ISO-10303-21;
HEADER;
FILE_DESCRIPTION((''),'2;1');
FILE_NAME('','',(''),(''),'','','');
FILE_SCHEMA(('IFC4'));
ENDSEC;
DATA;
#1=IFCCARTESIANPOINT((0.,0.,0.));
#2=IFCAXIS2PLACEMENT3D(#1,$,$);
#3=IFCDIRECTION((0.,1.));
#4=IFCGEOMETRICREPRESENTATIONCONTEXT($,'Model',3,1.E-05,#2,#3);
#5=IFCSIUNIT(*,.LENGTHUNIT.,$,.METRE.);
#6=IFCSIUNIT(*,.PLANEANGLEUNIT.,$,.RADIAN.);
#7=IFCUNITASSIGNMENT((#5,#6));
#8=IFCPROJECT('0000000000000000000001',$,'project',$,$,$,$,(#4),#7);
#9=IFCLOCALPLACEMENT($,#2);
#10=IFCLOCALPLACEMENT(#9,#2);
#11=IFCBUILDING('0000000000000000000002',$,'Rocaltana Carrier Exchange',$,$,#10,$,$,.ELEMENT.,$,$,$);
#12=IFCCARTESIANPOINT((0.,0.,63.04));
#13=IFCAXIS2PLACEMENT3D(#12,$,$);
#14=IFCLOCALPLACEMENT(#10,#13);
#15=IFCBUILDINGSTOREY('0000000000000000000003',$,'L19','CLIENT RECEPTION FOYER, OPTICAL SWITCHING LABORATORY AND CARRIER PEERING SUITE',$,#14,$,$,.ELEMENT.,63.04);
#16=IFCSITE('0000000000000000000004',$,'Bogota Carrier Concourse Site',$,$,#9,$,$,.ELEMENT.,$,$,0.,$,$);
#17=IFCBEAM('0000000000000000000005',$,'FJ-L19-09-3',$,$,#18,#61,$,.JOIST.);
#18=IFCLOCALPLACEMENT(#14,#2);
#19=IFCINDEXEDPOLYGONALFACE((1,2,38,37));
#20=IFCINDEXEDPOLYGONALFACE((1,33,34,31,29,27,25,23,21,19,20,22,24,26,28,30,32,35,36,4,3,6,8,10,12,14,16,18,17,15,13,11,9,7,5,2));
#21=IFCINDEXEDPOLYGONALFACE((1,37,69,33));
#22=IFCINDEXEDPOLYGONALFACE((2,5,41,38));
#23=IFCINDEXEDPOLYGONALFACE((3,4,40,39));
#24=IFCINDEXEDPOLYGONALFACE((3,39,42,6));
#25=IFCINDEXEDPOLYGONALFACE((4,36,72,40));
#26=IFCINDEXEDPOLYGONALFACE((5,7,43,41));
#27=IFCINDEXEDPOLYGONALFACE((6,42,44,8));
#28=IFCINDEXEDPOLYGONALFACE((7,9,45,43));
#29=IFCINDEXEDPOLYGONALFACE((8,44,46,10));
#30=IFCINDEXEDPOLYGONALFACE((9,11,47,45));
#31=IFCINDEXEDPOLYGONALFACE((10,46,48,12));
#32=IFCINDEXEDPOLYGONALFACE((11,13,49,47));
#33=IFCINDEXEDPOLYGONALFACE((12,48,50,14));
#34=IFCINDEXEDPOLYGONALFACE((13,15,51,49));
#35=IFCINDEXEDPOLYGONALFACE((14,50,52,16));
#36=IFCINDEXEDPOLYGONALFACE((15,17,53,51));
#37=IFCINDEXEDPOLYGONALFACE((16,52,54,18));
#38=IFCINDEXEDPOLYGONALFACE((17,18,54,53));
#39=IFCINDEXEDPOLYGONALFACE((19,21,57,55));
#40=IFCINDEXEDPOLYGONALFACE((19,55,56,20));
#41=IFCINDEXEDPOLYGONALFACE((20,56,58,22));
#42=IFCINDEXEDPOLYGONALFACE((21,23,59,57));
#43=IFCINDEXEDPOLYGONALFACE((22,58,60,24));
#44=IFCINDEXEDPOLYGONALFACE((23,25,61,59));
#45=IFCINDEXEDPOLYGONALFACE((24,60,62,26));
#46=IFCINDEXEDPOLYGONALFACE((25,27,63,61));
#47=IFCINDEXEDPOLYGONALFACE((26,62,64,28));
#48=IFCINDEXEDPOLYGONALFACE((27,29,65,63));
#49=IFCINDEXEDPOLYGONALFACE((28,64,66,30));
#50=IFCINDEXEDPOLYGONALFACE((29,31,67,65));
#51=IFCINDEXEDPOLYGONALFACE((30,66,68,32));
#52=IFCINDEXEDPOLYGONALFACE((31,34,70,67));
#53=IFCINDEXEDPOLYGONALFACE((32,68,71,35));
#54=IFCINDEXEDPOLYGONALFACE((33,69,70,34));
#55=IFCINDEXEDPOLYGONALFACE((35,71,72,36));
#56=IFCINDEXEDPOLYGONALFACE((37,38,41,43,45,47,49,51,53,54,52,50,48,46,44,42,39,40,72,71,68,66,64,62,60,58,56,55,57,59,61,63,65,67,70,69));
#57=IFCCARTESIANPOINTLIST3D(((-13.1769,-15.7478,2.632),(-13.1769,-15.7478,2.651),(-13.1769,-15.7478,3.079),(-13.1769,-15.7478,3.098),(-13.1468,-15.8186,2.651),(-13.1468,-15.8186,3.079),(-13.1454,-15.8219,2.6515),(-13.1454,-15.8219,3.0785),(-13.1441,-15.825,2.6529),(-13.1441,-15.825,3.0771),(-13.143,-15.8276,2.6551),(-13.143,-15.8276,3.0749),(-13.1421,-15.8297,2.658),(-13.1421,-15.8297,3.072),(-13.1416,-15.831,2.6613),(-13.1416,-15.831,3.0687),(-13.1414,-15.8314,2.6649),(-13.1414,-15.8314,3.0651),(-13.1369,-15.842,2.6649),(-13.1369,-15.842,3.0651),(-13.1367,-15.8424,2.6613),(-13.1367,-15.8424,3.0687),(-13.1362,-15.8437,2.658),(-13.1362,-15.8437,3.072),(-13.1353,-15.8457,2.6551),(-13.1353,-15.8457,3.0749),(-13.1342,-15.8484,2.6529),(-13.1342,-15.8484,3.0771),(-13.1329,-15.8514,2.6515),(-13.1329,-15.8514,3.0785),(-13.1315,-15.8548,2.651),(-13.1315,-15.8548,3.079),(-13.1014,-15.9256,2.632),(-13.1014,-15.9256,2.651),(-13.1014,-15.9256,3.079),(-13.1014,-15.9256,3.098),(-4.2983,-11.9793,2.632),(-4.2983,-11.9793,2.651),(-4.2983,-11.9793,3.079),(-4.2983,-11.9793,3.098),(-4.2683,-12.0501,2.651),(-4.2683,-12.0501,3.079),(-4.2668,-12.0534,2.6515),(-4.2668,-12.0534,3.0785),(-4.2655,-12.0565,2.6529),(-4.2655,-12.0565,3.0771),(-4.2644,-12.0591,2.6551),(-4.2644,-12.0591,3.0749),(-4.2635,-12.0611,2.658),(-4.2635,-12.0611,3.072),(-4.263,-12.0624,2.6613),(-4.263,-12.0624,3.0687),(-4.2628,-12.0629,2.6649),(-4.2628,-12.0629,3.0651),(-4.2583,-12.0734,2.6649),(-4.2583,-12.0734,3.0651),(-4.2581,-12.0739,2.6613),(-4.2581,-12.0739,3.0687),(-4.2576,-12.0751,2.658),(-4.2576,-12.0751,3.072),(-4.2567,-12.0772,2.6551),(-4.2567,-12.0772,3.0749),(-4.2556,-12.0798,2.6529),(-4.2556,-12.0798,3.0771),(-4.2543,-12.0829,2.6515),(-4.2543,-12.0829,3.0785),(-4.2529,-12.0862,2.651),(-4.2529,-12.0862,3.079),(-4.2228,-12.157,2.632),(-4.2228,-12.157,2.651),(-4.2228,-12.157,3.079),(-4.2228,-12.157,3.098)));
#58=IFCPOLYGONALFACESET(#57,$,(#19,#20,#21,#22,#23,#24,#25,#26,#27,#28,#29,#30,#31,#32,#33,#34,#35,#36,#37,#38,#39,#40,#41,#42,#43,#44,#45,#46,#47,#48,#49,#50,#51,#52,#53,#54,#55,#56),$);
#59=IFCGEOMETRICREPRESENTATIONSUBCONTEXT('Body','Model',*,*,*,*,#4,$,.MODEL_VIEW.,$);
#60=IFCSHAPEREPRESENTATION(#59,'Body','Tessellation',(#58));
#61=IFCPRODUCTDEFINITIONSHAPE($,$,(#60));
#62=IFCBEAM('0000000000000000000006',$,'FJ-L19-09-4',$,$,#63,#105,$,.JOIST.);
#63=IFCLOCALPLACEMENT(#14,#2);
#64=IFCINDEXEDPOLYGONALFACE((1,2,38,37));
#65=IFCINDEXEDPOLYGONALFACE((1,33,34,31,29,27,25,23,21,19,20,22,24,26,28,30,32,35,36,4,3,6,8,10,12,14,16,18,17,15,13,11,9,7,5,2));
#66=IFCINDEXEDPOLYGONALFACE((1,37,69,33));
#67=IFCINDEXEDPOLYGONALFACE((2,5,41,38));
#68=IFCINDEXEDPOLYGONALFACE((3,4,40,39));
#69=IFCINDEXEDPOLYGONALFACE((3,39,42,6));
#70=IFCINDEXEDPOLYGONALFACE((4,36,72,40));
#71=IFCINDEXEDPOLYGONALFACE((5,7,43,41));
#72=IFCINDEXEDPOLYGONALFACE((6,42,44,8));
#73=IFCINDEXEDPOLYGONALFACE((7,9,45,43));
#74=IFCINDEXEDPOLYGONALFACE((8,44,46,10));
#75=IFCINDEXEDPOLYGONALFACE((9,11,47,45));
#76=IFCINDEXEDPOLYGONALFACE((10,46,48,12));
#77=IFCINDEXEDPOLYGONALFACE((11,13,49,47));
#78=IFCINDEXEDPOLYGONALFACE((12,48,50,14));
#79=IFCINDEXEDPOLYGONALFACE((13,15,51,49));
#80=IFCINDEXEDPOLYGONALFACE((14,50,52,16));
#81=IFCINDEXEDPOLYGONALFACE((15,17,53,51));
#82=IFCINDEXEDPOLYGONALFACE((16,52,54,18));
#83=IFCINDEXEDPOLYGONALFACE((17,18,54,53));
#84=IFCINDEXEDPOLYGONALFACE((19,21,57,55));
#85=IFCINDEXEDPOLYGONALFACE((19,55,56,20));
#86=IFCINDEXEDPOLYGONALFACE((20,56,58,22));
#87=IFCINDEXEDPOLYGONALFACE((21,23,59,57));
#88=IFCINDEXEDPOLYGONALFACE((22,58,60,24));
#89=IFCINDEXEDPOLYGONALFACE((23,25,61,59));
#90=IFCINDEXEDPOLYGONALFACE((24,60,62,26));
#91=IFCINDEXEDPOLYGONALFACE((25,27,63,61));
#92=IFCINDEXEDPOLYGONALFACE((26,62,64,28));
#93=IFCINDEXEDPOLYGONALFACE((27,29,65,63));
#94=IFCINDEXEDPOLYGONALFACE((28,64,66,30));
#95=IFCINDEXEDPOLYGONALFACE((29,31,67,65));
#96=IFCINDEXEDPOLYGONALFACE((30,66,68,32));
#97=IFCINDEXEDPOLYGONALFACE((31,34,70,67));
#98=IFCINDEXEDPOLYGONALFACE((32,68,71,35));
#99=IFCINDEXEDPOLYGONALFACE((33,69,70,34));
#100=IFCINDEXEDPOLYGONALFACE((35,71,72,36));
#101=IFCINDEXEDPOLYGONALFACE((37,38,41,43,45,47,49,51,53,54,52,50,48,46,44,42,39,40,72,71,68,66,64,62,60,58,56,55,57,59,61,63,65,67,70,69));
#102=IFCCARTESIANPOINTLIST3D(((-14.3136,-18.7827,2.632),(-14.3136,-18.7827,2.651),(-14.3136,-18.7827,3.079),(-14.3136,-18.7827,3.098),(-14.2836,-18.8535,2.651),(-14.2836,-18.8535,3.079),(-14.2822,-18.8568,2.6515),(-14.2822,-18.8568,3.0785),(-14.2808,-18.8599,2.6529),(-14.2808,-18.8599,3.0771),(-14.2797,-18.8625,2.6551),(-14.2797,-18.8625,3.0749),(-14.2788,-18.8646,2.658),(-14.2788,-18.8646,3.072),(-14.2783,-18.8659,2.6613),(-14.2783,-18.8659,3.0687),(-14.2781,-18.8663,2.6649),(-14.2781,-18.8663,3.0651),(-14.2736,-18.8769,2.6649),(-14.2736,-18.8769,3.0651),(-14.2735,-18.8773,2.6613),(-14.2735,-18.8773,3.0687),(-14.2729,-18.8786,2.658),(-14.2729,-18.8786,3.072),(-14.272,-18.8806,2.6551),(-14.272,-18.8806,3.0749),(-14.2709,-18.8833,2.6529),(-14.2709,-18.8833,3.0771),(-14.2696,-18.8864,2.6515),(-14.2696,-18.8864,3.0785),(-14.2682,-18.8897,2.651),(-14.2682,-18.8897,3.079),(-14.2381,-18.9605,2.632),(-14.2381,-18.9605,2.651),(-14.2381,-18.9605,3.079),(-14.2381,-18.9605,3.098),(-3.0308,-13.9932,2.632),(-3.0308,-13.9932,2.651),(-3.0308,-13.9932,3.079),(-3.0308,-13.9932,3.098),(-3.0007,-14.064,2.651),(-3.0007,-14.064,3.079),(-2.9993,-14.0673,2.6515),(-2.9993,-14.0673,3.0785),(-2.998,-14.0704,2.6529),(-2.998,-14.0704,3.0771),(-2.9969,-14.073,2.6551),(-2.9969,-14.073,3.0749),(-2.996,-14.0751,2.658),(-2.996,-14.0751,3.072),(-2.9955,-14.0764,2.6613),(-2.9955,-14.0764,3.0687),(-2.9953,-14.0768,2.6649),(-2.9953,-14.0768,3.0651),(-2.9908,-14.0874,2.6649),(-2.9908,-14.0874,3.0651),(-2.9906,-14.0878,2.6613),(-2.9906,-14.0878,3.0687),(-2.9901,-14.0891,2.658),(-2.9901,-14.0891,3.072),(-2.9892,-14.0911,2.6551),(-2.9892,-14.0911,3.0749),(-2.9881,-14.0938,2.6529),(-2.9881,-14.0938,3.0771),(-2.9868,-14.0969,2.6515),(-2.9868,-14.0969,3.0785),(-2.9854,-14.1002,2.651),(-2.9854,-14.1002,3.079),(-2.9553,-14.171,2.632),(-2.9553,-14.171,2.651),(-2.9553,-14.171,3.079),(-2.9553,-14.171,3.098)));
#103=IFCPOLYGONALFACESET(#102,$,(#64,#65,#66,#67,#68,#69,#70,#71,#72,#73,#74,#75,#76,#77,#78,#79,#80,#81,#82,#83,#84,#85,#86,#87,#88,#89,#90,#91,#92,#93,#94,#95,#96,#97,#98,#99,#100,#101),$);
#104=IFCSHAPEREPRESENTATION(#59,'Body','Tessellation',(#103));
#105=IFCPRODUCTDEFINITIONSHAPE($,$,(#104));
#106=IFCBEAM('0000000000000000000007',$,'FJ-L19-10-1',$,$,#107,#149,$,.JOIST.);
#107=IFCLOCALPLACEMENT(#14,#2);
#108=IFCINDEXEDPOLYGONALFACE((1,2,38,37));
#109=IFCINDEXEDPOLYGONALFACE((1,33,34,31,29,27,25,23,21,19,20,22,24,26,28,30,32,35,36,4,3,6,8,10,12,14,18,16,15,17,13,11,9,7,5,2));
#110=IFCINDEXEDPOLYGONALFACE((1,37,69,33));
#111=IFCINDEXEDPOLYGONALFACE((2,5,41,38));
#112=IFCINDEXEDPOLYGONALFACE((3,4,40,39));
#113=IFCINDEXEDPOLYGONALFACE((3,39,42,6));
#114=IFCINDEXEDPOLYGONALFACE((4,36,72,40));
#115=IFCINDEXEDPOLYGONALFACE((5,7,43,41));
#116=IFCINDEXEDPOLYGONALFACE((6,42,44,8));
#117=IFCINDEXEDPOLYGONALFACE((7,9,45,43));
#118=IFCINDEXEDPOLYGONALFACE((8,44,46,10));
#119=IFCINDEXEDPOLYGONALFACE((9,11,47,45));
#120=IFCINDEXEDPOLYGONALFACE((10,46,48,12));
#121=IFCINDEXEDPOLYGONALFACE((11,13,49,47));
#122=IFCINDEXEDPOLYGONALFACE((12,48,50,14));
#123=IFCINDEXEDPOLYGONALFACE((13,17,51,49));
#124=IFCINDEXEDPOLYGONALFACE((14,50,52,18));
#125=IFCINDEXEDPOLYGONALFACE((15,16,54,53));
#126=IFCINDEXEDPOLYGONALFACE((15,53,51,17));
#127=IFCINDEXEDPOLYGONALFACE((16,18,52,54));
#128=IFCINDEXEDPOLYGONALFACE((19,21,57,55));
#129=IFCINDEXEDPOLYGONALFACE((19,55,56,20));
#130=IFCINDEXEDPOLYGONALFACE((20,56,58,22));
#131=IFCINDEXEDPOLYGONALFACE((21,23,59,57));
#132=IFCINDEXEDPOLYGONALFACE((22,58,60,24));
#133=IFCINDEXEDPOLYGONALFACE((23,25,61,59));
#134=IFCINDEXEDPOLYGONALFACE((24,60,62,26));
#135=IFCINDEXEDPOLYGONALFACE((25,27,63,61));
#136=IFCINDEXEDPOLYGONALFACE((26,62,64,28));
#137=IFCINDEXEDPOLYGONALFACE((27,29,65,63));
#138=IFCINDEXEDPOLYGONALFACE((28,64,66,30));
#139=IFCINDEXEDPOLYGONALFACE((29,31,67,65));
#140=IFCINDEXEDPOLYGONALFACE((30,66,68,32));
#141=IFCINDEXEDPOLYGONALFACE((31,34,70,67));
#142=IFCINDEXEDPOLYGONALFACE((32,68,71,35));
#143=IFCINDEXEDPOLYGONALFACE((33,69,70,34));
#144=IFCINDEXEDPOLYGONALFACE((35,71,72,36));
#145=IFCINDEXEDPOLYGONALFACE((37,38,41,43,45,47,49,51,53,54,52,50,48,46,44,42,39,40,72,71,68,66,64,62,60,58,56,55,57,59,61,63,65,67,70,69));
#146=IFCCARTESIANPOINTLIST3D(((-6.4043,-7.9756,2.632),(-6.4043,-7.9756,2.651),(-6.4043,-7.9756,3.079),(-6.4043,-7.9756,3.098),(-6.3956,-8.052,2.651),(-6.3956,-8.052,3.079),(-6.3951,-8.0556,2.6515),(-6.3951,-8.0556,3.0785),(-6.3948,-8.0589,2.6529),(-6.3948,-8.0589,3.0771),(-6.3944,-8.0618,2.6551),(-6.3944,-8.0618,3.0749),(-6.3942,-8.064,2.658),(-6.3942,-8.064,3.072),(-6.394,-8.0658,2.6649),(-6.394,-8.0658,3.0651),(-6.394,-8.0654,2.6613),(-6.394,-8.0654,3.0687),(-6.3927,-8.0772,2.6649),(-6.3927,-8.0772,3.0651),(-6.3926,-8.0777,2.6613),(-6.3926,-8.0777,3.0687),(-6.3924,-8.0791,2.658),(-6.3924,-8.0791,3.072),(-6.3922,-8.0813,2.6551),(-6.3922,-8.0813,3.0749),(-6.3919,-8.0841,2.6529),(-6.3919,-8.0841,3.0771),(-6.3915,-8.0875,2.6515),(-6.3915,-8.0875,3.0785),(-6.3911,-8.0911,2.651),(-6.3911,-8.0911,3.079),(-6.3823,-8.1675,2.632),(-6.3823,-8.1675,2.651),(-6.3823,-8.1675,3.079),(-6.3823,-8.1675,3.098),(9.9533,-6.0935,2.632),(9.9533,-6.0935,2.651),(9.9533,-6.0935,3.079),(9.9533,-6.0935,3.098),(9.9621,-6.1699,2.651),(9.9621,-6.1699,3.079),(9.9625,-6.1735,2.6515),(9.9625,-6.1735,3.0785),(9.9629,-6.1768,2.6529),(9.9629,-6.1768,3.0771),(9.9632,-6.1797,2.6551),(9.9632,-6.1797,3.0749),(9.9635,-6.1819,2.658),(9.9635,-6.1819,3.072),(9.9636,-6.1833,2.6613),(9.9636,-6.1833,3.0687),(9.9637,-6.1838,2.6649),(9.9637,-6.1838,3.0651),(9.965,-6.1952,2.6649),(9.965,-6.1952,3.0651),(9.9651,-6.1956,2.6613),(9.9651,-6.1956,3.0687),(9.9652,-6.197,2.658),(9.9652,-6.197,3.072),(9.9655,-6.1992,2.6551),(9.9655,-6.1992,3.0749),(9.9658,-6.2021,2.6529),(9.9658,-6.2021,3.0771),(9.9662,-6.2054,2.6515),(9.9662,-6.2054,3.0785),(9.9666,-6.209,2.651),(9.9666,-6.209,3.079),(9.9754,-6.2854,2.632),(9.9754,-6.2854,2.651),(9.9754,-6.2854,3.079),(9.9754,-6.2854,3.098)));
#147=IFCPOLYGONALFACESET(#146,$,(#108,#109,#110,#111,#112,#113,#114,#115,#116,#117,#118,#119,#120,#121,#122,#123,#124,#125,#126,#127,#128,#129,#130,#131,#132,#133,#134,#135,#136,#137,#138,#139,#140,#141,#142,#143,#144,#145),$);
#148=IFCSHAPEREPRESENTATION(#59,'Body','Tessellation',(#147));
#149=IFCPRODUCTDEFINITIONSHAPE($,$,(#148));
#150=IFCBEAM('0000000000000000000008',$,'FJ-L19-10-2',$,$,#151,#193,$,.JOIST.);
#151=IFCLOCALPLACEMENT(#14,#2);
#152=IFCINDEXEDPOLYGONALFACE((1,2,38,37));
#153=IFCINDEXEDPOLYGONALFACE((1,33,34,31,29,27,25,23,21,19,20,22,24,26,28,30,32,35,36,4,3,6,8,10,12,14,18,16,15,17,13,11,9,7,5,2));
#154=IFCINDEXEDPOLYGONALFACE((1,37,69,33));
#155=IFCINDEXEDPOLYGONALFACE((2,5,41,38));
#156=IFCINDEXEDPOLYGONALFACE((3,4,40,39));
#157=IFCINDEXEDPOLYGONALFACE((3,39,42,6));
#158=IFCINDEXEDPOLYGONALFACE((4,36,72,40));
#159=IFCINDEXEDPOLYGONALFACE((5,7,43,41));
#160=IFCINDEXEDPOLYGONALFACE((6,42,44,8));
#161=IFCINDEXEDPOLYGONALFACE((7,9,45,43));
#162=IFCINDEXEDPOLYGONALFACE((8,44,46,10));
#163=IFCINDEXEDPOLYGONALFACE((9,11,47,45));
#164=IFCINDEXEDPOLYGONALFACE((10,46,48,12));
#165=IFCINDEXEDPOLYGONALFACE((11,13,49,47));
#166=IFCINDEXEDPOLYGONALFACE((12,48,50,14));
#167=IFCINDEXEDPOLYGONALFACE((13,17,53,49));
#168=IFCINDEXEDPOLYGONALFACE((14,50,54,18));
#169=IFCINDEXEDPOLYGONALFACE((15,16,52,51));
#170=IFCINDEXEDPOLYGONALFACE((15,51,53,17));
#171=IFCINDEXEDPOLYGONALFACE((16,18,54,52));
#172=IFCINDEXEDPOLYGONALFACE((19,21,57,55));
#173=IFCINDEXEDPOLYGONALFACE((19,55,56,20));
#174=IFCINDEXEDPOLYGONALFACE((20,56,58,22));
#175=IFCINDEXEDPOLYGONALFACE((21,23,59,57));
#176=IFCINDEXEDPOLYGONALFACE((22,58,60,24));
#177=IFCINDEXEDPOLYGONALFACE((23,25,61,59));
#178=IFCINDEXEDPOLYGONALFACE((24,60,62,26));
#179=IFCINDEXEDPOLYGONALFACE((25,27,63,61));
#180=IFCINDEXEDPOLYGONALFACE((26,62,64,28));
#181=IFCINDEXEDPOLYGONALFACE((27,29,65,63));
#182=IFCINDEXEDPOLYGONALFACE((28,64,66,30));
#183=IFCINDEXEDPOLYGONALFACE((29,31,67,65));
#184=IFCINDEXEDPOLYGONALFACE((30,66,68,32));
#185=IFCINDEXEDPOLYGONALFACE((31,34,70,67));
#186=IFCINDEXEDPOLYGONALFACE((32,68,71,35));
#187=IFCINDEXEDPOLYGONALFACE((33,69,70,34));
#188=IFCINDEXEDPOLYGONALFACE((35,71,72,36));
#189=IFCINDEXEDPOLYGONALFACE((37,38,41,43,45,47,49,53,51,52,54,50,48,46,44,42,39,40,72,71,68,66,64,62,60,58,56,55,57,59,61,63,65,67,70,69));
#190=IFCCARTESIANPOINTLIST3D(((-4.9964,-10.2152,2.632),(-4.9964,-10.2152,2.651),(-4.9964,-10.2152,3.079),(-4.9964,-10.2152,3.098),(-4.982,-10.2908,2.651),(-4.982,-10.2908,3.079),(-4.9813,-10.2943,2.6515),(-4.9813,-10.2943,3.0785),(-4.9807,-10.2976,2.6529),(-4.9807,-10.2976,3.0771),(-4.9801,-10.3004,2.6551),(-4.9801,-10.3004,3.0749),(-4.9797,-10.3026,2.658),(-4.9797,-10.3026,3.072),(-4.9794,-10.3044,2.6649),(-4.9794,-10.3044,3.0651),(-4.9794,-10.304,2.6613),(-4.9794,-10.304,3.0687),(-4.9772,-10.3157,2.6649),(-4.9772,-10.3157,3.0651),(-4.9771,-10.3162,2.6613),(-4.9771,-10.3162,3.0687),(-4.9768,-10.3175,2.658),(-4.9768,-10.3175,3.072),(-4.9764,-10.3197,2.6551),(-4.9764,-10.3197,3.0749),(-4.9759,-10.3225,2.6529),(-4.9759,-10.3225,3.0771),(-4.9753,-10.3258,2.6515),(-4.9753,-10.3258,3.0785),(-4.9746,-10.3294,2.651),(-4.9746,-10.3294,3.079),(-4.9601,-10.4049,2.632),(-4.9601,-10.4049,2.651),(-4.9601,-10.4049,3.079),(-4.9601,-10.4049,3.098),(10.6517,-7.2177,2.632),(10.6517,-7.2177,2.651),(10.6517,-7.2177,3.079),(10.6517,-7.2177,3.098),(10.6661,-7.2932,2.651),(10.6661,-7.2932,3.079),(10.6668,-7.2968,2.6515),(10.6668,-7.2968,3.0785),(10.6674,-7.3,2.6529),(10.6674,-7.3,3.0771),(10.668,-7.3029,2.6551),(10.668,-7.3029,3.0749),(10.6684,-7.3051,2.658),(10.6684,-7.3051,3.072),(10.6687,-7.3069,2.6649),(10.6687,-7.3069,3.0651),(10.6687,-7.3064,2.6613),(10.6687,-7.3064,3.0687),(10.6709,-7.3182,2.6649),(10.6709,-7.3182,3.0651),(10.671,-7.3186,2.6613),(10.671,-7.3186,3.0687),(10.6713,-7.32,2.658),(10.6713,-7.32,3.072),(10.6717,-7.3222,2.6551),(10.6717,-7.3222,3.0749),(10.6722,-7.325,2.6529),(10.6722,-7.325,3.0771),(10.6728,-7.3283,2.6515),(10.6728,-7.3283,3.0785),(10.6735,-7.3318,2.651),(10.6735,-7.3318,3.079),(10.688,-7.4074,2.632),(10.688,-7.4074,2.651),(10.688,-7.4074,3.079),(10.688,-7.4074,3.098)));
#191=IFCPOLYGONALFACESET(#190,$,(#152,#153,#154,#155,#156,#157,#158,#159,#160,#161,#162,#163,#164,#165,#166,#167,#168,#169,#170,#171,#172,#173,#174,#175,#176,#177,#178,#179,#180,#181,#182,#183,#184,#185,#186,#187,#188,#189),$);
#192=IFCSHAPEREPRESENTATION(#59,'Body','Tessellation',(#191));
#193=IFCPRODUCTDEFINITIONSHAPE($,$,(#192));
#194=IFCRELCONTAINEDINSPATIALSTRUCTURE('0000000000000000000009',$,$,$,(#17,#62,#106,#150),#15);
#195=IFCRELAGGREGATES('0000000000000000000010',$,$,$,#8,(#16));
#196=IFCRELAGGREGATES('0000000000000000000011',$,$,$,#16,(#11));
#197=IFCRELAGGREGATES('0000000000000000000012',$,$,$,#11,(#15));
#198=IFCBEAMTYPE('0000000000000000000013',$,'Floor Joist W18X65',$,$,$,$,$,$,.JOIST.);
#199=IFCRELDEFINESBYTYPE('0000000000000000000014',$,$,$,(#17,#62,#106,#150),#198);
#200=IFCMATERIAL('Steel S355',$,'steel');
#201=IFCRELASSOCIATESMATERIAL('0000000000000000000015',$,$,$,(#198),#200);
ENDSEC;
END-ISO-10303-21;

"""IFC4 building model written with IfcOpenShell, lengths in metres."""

from ifc_helpers import new_model, si_unit, direction, frame, origin, origin_2d, place, context, subcontext, project, spatial, i_section, extrude, material, material_profile, profile_set, type_object, element, save


model = new_model("IFC4")

# Units and contexts
model_context = context("Model", 3, precision=1e-05, world=origin(), true_north=direction((0.0, 1.0)))
body_context = subcontext(model_context, "Body", "Model", "MODEL_VIEW")
ifc_project = project(units=[si_unit("LENGTHUNIT", "METRE"), si_unit("PLANEANGLEUNIT", "RADIAN")], contexts=[model_context])

# Site, building, storey
site_placement = place(None, origin())
site = spatial("IfcSite", under=ifc_project, at=site_placement, Name="Bogota Carrier Concourse Site", CompositionType="ELEMENT", RefElevation=0.0)
building_placement = place(site_placement, origin())
building = spatial("IfcBuilding", under=site, at=building_placement, Name="Rocaltana Carrier Exchange", CompositionType="ELEMENT")
storey_placement = place(building_placement, frame((0.0, 0.0, 63.04)))
storey = spatial("IfcBuildingStorey", under=building, at=storey_placement, Name="L19", Description="CLIENT RECEPTION FOYER, OPTICAL SWITCHING LABORATORY AND CARRIER PEERING SUITE", CompositionType="ELEMENT", Elevation=63.04)

# Beams
ifc_material_1 = material(Name="Steel S355", Category="steel")
ifc_material_profile_1 = material_profile(ifc_material_1, i_section(OverallWidth=0.1931, OverallDepth=0.4661, WebThickness=0.0115, FlangeThickness=0.019, FilletRadius=0.0139, at=origin_2d()), Name="W18X65")
ifc_profile_set_1 = profile_set([ifc_material_profile_1], Name="Steel S355")
beam_type = type_object("IfcBeamType", Name="Floor Joist W18X65", PredefinedType="JOIST", material=ifc_profile_set_1)
beam_1_placement = place(storey_placement, frame((-13.1392, -15.8367, 2.865), z_axis=(0.920513, 0.390712, 0.0), x_axis=(-0.390712, 0.920513, 0.0)))
element("IfcBeam", 1, at=beam_1_placement, inside=storey, type_object=beam_type, Name="FJ-L19-09-3", PredefinedType="JOIST", context=body_context, shape_type="SweptSolid", body=[
    extrude(i_section(OverallWidth=0.1931, OverallDepth=0.4661, WebThickness=0.0115, FlangeThickness=0.019, FilletRadius=0.0139, at=origin_2d()), origin(), (0.0, 0.0, 1.0), 9.6453),
])
beam_2_placement = place(storey_placement, frame((-14.2759, -18.8716, 2.865), z_axis=(0.920498, 0.390746, 0.0), x_axis=(-0.390746, 0.920498, 0.0)))
element("IfcBeam", 2, at=beam_2_placement, inside=storey, type_object=beam_type, Name="FJ-L19-09-4", PredefinedType="JOIST", context=body_context, shape_type="SweptSolid", body=[
    extrude(i_section(OverallWidth=0.1931, OverallDepth=0.4661, WebThickness=0.0115, FlangeThickness=0.019, FilletRadius=0.0139, at=origin_2d()), origin(), (0.0, 0.0, 1.0), 12.2573),
])
beam_3_placement = place(storey_placement, frame((-6.3933, -8.0715, 2.865), z_axis=(0.993446, 0.114304, 0.0), x_axis=(-0.114304, 0.993446, 0.0)))
element("IfcBeam", 3, at=beam_3_placement, inside=storey, type_object=beam_type, Name="FJ-L19-10-1", PredefinedType="JOIST", context=body_context, shape_type="SweptSolid", body=[
    extrude(i_section(OverallWidth=0.1931, OverallDepth=0.4661, WebThickness=0.0115, FlangeThickness=0.019, FilletRadius=0.0139, at=origin_2d()), origin(), (0.0, 0.0, 1.0), 16.4656),
])
beam_4_placement = place(storey_placement, frame((-4.9783, -10.3101, 2.865), z_axis=(0.982142, 0.188139, 0.0), x_axis=(-0.188139, 0.982142, 0.0)))
element("IfcBeam", 4, at=beam_4_placement, inside=storey, type_object=beam_type, Name="FJ-L19-10-2", PredefinedType="JOIST", context=body_context, shape_type="SweptSolid", body=[
    extrude(i_section(OverallWidth=0.1931, OverallDepth=0.4661, WebThickness=0.0115, FlangeThickness=0.019, FilletRadius=0.0139, at=origin_2d()), origin(), (0.0, 0.0, 1.0), 15.9326),
])

save(model, "model.ifc")
